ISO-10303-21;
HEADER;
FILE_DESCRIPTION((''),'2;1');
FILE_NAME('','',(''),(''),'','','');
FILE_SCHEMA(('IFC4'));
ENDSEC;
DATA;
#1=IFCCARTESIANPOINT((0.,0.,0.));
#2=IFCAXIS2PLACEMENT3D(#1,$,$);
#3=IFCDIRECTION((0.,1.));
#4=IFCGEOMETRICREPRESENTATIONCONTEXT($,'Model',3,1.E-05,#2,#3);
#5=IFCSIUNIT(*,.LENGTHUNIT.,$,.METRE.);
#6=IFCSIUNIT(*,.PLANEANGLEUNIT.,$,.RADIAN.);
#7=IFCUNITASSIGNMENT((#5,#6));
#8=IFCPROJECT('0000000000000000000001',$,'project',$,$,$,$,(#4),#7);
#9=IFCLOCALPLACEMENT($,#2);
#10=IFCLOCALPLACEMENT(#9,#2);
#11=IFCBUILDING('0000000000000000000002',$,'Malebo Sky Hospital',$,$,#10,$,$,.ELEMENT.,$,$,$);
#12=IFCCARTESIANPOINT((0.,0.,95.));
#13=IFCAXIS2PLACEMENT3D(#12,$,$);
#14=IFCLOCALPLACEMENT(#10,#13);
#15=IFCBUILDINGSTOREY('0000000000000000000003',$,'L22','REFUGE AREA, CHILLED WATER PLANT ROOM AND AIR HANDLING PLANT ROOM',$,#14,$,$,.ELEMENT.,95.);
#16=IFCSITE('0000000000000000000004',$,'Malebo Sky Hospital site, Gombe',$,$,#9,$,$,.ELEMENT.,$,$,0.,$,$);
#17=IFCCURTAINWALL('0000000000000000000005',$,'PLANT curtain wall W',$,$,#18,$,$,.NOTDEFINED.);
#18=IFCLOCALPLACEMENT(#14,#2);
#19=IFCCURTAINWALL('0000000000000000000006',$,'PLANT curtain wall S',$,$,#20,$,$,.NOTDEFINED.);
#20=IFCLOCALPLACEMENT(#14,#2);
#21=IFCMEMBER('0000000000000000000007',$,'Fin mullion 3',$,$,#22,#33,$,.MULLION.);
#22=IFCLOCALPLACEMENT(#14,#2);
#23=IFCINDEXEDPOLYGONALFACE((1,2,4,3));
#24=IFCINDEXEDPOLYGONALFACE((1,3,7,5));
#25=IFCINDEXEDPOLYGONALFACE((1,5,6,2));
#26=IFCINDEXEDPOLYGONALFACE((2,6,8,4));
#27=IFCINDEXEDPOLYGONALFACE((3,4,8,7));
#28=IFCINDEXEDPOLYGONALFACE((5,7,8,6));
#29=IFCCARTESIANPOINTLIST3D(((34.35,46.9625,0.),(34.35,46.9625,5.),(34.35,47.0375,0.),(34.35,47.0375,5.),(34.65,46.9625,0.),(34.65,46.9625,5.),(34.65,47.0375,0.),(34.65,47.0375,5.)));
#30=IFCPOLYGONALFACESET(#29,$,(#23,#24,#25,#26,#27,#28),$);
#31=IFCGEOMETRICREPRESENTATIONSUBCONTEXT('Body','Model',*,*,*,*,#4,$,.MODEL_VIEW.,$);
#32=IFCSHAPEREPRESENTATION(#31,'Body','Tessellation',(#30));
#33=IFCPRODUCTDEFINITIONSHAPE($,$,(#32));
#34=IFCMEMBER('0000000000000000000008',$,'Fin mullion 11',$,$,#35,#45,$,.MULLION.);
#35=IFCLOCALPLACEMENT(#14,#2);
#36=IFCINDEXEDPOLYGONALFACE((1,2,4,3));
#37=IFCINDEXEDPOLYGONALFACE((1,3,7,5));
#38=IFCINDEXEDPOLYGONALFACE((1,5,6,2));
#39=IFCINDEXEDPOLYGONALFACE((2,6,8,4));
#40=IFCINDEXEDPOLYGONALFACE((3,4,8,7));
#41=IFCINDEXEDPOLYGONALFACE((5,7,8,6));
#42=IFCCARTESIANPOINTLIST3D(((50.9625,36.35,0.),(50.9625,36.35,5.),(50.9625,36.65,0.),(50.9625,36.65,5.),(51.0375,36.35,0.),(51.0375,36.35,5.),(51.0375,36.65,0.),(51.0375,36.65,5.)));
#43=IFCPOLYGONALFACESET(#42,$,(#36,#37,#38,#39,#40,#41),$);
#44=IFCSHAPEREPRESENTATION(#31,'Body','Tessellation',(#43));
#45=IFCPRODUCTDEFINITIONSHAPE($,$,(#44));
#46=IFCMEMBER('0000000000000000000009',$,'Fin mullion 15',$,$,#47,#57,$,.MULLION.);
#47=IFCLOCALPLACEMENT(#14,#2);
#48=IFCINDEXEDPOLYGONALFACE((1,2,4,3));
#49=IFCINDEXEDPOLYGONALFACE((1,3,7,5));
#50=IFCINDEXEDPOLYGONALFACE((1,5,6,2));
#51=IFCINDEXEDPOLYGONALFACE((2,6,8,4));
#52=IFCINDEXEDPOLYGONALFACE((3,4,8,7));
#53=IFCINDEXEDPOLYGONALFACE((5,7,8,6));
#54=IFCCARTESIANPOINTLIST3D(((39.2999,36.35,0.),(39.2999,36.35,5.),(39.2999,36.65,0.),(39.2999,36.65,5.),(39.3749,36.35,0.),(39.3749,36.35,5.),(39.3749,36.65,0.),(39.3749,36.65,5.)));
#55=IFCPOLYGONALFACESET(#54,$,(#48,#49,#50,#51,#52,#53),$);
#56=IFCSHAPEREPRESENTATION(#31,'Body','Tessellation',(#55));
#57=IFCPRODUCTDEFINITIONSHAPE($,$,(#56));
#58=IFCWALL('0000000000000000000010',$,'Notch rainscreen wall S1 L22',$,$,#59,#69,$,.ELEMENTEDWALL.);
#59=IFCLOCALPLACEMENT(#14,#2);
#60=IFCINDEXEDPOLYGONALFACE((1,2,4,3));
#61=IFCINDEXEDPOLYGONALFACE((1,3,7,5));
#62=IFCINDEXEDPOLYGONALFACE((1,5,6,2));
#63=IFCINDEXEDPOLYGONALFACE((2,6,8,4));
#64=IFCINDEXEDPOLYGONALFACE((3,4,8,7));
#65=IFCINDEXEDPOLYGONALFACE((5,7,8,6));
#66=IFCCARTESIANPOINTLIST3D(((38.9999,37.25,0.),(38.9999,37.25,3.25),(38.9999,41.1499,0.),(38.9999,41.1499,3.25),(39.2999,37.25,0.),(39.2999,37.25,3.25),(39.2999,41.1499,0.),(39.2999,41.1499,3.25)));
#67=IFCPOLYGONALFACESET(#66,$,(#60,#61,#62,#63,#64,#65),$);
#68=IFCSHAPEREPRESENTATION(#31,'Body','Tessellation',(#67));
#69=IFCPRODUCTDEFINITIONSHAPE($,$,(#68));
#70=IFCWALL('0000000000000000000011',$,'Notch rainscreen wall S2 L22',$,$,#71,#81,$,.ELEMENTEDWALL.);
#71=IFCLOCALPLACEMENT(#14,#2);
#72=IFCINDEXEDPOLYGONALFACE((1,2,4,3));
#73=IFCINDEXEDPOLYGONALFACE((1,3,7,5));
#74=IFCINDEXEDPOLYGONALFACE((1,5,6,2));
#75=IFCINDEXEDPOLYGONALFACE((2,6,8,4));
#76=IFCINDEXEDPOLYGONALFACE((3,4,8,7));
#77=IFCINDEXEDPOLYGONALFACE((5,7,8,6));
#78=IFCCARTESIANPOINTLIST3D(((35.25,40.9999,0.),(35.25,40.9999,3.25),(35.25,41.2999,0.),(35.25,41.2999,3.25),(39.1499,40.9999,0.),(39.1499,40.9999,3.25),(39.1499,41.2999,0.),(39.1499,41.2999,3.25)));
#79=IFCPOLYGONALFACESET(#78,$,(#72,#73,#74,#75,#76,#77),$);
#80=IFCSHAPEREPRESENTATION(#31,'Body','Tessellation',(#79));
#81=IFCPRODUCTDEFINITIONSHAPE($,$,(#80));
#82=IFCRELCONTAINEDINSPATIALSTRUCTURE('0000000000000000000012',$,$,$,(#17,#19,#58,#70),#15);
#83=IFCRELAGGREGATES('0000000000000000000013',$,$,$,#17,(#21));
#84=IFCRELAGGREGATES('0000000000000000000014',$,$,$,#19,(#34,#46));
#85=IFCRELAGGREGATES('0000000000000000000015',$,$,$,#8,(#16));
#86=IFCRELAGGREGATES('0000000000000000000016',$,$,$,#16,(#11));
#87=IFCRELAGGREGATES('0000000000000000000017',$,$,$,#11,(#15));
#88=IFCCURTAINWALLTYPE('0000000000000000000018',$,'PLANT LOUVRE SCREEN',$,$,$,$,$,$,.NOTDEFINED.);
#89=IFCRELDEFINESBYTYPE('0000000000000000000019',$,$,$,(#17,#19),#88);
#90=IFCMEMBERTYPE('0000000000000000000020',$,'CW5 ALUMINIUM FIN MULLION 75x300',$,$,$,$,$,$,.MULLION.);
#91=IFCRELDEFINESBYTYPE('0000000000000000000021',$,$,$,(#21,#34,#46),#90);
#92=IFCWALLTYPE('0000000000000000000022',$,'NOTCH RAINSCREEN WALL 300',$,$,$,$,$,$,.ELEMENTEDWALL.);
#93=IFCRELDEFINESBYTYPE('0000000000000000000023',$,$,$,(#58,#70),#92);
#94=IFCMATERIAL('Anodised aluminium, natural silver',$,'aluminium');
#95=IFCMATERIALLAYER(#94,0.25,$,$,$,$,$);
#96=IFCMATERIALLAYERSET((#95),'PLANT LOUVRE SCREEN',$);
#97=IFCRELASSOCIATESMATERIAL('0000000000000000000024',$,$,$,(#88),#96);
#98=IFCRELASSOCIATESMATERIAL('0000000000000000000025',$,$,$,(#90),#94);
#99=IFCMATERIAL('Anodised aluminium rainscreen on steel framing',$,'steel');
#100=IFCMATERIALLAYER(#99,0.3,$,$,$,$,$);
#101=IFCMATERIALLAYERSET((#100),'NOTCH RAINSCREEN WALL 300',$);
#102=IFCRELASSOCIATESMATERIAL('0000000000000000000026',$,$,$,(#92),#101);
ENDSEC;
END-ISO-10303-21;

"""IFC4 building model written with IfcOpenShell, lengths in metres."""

from ifc_helpers import new_model, si_unit, direction, frame, frame_2d, origin, origin_2d, place, context, subcontext, project, spatial, rectangle, extrude, material, layer, layer_set, material_profile, profile_set, type_object, element, aggregate, save


model = new_model("IFC4")

# Units and contexts
model_context = context("Model", 3, precision=1e-05, world=origin(), true_north=direction((0.0, 1.0)))
body_context = subcontext(model_context, "Body", "Model", "MODEL_VIEW")
ifc_project = project(units=[si_unit("LENGTHUNIT", "METRE"), si_unit("PLANEANGLEUNIT", "RADIAN")], contexts=[model_context])

# Site, building, storey
site_placement = place(None, origin())
site = spatial("IfcSite", under=ifc_project, at=site_placement, Name="Malebo Sky Hospital site, Gombe", CompositionType="ELEMENT", RefElevation=0.0)
building_placement = place(site_placement, origin())
building = spatial("IfcBuilding", under=site, at=building_placement, Name="Malebo Sky Hospital", CompositionType="ELEMENT")
storey_placement = place(building_placement, frame((0.0, 0.0, 95.0)))
storey = spatial("IfcBuildingStorey", under=building, at=storey_placement, Name="L22", Description="REFUGE AREA, CHILLED WATER PLANT ROOM AND AIR HANDLING PLANT ROOM", CompositionType="ELEMENT", Elevation=95.0)

# Curtain walls
ifc_material_1 = material(Name="Anodised aluminium, natural silver", Category="aluminium")
ifc_layer_1 = layer(ifc_material_1, 0.25)
ifc_layer_set_1 = layer_set([ifc_layer_1], Name="PLANT LOUVRE SCREEN")
curtain_wall_type = type_object("IfcCurtainWallType", Name="PLANT LOUVRE SCREEN", PredefinedType="NOTDEFINED", material=ifc_layer_set_1)
curtain_wall_1_placement = place(storey_placement, origin())
curtain_wall_1 = element("IfcCurtainWall", 1, at=curtain_wall_1_placement, inside=storey, type_object=curtain_wall_type, Name="PLANT curtain wall W", PredefinedType="NOTDEFINED")
curtain_wall_2_placement = place(storey_placement, origin())
curtain_wall_2 = element("IfcCurtainWall", 2, at=curtain_wall_2_placement, inside=storey, type_object=curtain_wall_type, Name="PLANT curtain wall S", PredefinedType="NOTDEFINED")

# Members
ifc_material_profile_1 = material_profile(ifc_material_1, rectangle(XDim=0.075, YDim=0.3, at=origin_2d()), Name="CW5 ALUMINIUM FIN MULLION 75x300")
ifc_profile_set_1 = profile_set([ifc_material_profile_1], Name="Anodised aluminium, natural silver")
member_type_1 = type_object("IfcMemberType", Name="CW5 ALUMINIUM FIN MULLION 75x300", PredefinedType="MULLION", material=ifc_profile_set_1)
member_1_placement = place(storey_placement, frame((34.5, 47.0, 0.0), z_axis=(0.0, 0.0, 1.0), x_axis=(0.0, 1.0, 0.0)))
member_1 = element("IfcMember", 3, at=member_1_placement, type_object=member_type_1, Name="Fin mullion 3", PredefinedType="MULLION", context=body_context, shape_type="SweptSolid", body=[
    extrude(rectangle(XDim=0.075, YDim=0.3, at=origin_2d()), origin(), (0.0, 0.0, 1.0), 5.0),
])
aggregate(curtain_wall_1, [member_1])
member_2_placement = place(storey_placement, frame((51.0, 36.5, 0.0), z_axis=(0.0, 0.0, 1.0), x_axis=(-1.0, 0.0, 0.0)))
member_2 = element("IfcMember", 4, at=member_2_placement, type_object=member_type_1, Name="Fin mullion 11", PredefinedType="MULLION", context=body_context, shape_type="SweptSolid", body=[
    extrude(rectangle(XDim=0.075, YDim=0.3, at=origin_2d()), origin(), (0.0, 0.0, 1.0), 5.0),
])
member_3_placement = place(storey_placement, frame((39.3374, 36.5, 0.0), z_axis=(0.0, 0.0, 1.0), x_axis=(-1.0, 0.0, 0.0)))
member_3 = element("IfcMember", 5, at=member_3_placement, type_object=member_type_1, Name="Fin mullion 15", PredefinedType="MULLION", context=body_context, shape_type="SweptSolid", body=[
    extrude(rectangle(XDim=0.075, YDim=0.3, at=origin_2d()), origin(), (0.0, 0.0, 1.0), 5.0),
])
aggregate(curtain_wall_2, [member_2, member_3])

# Walls
ifc_material_2 = material(Name="Anodised aluminium rainscreen on steel framing", Category="steel")
ifc_layer_2 = layer(ifc_material_2, 0.3)
ifc_layer_set_2 = layer_set([ifc_layer_2], Name="NOTCH RAINSCREEN WALL 300")
wall_type = type_object("IfcWallType", Name="NOTCH RAINSCREEN WALL 300", PredefinedType="ELEMENTEDWALL", material=ifc_layer_set_2)
for number, where, z_axis, x_axis, name in (
    (6, (39.1499, 37.25, 0.0), (0.0, 0.0, 1.0), (0.0, 1.0, 0.0), "Notch rainscreen wall S1 L22"),
    (7, (39.1499, 41.1499, 0.0), (0.0, 0.0, 1.0), (-1.0, 0.0, 0.0), "Notch rainscreen wall S2 L22"),
):
    element("IfcWall", number, at=place(storey_placement, frame(where, z_axis=z_axis, x_axis=x_axis)), inside=storey, type_object=wall_type, Name=name, PredefinedType="ELEMENTEDWALL", context=body_context, shape_type="SweptSolid", body=[
        extrude(rectangle(XDim=3.8999, YDim=0.3, at=frame_2d((1.95, 0.0))), origin(), (0.0, 0.0, 1.0), 3.25),
    ])

save(model, "model.ifc")
